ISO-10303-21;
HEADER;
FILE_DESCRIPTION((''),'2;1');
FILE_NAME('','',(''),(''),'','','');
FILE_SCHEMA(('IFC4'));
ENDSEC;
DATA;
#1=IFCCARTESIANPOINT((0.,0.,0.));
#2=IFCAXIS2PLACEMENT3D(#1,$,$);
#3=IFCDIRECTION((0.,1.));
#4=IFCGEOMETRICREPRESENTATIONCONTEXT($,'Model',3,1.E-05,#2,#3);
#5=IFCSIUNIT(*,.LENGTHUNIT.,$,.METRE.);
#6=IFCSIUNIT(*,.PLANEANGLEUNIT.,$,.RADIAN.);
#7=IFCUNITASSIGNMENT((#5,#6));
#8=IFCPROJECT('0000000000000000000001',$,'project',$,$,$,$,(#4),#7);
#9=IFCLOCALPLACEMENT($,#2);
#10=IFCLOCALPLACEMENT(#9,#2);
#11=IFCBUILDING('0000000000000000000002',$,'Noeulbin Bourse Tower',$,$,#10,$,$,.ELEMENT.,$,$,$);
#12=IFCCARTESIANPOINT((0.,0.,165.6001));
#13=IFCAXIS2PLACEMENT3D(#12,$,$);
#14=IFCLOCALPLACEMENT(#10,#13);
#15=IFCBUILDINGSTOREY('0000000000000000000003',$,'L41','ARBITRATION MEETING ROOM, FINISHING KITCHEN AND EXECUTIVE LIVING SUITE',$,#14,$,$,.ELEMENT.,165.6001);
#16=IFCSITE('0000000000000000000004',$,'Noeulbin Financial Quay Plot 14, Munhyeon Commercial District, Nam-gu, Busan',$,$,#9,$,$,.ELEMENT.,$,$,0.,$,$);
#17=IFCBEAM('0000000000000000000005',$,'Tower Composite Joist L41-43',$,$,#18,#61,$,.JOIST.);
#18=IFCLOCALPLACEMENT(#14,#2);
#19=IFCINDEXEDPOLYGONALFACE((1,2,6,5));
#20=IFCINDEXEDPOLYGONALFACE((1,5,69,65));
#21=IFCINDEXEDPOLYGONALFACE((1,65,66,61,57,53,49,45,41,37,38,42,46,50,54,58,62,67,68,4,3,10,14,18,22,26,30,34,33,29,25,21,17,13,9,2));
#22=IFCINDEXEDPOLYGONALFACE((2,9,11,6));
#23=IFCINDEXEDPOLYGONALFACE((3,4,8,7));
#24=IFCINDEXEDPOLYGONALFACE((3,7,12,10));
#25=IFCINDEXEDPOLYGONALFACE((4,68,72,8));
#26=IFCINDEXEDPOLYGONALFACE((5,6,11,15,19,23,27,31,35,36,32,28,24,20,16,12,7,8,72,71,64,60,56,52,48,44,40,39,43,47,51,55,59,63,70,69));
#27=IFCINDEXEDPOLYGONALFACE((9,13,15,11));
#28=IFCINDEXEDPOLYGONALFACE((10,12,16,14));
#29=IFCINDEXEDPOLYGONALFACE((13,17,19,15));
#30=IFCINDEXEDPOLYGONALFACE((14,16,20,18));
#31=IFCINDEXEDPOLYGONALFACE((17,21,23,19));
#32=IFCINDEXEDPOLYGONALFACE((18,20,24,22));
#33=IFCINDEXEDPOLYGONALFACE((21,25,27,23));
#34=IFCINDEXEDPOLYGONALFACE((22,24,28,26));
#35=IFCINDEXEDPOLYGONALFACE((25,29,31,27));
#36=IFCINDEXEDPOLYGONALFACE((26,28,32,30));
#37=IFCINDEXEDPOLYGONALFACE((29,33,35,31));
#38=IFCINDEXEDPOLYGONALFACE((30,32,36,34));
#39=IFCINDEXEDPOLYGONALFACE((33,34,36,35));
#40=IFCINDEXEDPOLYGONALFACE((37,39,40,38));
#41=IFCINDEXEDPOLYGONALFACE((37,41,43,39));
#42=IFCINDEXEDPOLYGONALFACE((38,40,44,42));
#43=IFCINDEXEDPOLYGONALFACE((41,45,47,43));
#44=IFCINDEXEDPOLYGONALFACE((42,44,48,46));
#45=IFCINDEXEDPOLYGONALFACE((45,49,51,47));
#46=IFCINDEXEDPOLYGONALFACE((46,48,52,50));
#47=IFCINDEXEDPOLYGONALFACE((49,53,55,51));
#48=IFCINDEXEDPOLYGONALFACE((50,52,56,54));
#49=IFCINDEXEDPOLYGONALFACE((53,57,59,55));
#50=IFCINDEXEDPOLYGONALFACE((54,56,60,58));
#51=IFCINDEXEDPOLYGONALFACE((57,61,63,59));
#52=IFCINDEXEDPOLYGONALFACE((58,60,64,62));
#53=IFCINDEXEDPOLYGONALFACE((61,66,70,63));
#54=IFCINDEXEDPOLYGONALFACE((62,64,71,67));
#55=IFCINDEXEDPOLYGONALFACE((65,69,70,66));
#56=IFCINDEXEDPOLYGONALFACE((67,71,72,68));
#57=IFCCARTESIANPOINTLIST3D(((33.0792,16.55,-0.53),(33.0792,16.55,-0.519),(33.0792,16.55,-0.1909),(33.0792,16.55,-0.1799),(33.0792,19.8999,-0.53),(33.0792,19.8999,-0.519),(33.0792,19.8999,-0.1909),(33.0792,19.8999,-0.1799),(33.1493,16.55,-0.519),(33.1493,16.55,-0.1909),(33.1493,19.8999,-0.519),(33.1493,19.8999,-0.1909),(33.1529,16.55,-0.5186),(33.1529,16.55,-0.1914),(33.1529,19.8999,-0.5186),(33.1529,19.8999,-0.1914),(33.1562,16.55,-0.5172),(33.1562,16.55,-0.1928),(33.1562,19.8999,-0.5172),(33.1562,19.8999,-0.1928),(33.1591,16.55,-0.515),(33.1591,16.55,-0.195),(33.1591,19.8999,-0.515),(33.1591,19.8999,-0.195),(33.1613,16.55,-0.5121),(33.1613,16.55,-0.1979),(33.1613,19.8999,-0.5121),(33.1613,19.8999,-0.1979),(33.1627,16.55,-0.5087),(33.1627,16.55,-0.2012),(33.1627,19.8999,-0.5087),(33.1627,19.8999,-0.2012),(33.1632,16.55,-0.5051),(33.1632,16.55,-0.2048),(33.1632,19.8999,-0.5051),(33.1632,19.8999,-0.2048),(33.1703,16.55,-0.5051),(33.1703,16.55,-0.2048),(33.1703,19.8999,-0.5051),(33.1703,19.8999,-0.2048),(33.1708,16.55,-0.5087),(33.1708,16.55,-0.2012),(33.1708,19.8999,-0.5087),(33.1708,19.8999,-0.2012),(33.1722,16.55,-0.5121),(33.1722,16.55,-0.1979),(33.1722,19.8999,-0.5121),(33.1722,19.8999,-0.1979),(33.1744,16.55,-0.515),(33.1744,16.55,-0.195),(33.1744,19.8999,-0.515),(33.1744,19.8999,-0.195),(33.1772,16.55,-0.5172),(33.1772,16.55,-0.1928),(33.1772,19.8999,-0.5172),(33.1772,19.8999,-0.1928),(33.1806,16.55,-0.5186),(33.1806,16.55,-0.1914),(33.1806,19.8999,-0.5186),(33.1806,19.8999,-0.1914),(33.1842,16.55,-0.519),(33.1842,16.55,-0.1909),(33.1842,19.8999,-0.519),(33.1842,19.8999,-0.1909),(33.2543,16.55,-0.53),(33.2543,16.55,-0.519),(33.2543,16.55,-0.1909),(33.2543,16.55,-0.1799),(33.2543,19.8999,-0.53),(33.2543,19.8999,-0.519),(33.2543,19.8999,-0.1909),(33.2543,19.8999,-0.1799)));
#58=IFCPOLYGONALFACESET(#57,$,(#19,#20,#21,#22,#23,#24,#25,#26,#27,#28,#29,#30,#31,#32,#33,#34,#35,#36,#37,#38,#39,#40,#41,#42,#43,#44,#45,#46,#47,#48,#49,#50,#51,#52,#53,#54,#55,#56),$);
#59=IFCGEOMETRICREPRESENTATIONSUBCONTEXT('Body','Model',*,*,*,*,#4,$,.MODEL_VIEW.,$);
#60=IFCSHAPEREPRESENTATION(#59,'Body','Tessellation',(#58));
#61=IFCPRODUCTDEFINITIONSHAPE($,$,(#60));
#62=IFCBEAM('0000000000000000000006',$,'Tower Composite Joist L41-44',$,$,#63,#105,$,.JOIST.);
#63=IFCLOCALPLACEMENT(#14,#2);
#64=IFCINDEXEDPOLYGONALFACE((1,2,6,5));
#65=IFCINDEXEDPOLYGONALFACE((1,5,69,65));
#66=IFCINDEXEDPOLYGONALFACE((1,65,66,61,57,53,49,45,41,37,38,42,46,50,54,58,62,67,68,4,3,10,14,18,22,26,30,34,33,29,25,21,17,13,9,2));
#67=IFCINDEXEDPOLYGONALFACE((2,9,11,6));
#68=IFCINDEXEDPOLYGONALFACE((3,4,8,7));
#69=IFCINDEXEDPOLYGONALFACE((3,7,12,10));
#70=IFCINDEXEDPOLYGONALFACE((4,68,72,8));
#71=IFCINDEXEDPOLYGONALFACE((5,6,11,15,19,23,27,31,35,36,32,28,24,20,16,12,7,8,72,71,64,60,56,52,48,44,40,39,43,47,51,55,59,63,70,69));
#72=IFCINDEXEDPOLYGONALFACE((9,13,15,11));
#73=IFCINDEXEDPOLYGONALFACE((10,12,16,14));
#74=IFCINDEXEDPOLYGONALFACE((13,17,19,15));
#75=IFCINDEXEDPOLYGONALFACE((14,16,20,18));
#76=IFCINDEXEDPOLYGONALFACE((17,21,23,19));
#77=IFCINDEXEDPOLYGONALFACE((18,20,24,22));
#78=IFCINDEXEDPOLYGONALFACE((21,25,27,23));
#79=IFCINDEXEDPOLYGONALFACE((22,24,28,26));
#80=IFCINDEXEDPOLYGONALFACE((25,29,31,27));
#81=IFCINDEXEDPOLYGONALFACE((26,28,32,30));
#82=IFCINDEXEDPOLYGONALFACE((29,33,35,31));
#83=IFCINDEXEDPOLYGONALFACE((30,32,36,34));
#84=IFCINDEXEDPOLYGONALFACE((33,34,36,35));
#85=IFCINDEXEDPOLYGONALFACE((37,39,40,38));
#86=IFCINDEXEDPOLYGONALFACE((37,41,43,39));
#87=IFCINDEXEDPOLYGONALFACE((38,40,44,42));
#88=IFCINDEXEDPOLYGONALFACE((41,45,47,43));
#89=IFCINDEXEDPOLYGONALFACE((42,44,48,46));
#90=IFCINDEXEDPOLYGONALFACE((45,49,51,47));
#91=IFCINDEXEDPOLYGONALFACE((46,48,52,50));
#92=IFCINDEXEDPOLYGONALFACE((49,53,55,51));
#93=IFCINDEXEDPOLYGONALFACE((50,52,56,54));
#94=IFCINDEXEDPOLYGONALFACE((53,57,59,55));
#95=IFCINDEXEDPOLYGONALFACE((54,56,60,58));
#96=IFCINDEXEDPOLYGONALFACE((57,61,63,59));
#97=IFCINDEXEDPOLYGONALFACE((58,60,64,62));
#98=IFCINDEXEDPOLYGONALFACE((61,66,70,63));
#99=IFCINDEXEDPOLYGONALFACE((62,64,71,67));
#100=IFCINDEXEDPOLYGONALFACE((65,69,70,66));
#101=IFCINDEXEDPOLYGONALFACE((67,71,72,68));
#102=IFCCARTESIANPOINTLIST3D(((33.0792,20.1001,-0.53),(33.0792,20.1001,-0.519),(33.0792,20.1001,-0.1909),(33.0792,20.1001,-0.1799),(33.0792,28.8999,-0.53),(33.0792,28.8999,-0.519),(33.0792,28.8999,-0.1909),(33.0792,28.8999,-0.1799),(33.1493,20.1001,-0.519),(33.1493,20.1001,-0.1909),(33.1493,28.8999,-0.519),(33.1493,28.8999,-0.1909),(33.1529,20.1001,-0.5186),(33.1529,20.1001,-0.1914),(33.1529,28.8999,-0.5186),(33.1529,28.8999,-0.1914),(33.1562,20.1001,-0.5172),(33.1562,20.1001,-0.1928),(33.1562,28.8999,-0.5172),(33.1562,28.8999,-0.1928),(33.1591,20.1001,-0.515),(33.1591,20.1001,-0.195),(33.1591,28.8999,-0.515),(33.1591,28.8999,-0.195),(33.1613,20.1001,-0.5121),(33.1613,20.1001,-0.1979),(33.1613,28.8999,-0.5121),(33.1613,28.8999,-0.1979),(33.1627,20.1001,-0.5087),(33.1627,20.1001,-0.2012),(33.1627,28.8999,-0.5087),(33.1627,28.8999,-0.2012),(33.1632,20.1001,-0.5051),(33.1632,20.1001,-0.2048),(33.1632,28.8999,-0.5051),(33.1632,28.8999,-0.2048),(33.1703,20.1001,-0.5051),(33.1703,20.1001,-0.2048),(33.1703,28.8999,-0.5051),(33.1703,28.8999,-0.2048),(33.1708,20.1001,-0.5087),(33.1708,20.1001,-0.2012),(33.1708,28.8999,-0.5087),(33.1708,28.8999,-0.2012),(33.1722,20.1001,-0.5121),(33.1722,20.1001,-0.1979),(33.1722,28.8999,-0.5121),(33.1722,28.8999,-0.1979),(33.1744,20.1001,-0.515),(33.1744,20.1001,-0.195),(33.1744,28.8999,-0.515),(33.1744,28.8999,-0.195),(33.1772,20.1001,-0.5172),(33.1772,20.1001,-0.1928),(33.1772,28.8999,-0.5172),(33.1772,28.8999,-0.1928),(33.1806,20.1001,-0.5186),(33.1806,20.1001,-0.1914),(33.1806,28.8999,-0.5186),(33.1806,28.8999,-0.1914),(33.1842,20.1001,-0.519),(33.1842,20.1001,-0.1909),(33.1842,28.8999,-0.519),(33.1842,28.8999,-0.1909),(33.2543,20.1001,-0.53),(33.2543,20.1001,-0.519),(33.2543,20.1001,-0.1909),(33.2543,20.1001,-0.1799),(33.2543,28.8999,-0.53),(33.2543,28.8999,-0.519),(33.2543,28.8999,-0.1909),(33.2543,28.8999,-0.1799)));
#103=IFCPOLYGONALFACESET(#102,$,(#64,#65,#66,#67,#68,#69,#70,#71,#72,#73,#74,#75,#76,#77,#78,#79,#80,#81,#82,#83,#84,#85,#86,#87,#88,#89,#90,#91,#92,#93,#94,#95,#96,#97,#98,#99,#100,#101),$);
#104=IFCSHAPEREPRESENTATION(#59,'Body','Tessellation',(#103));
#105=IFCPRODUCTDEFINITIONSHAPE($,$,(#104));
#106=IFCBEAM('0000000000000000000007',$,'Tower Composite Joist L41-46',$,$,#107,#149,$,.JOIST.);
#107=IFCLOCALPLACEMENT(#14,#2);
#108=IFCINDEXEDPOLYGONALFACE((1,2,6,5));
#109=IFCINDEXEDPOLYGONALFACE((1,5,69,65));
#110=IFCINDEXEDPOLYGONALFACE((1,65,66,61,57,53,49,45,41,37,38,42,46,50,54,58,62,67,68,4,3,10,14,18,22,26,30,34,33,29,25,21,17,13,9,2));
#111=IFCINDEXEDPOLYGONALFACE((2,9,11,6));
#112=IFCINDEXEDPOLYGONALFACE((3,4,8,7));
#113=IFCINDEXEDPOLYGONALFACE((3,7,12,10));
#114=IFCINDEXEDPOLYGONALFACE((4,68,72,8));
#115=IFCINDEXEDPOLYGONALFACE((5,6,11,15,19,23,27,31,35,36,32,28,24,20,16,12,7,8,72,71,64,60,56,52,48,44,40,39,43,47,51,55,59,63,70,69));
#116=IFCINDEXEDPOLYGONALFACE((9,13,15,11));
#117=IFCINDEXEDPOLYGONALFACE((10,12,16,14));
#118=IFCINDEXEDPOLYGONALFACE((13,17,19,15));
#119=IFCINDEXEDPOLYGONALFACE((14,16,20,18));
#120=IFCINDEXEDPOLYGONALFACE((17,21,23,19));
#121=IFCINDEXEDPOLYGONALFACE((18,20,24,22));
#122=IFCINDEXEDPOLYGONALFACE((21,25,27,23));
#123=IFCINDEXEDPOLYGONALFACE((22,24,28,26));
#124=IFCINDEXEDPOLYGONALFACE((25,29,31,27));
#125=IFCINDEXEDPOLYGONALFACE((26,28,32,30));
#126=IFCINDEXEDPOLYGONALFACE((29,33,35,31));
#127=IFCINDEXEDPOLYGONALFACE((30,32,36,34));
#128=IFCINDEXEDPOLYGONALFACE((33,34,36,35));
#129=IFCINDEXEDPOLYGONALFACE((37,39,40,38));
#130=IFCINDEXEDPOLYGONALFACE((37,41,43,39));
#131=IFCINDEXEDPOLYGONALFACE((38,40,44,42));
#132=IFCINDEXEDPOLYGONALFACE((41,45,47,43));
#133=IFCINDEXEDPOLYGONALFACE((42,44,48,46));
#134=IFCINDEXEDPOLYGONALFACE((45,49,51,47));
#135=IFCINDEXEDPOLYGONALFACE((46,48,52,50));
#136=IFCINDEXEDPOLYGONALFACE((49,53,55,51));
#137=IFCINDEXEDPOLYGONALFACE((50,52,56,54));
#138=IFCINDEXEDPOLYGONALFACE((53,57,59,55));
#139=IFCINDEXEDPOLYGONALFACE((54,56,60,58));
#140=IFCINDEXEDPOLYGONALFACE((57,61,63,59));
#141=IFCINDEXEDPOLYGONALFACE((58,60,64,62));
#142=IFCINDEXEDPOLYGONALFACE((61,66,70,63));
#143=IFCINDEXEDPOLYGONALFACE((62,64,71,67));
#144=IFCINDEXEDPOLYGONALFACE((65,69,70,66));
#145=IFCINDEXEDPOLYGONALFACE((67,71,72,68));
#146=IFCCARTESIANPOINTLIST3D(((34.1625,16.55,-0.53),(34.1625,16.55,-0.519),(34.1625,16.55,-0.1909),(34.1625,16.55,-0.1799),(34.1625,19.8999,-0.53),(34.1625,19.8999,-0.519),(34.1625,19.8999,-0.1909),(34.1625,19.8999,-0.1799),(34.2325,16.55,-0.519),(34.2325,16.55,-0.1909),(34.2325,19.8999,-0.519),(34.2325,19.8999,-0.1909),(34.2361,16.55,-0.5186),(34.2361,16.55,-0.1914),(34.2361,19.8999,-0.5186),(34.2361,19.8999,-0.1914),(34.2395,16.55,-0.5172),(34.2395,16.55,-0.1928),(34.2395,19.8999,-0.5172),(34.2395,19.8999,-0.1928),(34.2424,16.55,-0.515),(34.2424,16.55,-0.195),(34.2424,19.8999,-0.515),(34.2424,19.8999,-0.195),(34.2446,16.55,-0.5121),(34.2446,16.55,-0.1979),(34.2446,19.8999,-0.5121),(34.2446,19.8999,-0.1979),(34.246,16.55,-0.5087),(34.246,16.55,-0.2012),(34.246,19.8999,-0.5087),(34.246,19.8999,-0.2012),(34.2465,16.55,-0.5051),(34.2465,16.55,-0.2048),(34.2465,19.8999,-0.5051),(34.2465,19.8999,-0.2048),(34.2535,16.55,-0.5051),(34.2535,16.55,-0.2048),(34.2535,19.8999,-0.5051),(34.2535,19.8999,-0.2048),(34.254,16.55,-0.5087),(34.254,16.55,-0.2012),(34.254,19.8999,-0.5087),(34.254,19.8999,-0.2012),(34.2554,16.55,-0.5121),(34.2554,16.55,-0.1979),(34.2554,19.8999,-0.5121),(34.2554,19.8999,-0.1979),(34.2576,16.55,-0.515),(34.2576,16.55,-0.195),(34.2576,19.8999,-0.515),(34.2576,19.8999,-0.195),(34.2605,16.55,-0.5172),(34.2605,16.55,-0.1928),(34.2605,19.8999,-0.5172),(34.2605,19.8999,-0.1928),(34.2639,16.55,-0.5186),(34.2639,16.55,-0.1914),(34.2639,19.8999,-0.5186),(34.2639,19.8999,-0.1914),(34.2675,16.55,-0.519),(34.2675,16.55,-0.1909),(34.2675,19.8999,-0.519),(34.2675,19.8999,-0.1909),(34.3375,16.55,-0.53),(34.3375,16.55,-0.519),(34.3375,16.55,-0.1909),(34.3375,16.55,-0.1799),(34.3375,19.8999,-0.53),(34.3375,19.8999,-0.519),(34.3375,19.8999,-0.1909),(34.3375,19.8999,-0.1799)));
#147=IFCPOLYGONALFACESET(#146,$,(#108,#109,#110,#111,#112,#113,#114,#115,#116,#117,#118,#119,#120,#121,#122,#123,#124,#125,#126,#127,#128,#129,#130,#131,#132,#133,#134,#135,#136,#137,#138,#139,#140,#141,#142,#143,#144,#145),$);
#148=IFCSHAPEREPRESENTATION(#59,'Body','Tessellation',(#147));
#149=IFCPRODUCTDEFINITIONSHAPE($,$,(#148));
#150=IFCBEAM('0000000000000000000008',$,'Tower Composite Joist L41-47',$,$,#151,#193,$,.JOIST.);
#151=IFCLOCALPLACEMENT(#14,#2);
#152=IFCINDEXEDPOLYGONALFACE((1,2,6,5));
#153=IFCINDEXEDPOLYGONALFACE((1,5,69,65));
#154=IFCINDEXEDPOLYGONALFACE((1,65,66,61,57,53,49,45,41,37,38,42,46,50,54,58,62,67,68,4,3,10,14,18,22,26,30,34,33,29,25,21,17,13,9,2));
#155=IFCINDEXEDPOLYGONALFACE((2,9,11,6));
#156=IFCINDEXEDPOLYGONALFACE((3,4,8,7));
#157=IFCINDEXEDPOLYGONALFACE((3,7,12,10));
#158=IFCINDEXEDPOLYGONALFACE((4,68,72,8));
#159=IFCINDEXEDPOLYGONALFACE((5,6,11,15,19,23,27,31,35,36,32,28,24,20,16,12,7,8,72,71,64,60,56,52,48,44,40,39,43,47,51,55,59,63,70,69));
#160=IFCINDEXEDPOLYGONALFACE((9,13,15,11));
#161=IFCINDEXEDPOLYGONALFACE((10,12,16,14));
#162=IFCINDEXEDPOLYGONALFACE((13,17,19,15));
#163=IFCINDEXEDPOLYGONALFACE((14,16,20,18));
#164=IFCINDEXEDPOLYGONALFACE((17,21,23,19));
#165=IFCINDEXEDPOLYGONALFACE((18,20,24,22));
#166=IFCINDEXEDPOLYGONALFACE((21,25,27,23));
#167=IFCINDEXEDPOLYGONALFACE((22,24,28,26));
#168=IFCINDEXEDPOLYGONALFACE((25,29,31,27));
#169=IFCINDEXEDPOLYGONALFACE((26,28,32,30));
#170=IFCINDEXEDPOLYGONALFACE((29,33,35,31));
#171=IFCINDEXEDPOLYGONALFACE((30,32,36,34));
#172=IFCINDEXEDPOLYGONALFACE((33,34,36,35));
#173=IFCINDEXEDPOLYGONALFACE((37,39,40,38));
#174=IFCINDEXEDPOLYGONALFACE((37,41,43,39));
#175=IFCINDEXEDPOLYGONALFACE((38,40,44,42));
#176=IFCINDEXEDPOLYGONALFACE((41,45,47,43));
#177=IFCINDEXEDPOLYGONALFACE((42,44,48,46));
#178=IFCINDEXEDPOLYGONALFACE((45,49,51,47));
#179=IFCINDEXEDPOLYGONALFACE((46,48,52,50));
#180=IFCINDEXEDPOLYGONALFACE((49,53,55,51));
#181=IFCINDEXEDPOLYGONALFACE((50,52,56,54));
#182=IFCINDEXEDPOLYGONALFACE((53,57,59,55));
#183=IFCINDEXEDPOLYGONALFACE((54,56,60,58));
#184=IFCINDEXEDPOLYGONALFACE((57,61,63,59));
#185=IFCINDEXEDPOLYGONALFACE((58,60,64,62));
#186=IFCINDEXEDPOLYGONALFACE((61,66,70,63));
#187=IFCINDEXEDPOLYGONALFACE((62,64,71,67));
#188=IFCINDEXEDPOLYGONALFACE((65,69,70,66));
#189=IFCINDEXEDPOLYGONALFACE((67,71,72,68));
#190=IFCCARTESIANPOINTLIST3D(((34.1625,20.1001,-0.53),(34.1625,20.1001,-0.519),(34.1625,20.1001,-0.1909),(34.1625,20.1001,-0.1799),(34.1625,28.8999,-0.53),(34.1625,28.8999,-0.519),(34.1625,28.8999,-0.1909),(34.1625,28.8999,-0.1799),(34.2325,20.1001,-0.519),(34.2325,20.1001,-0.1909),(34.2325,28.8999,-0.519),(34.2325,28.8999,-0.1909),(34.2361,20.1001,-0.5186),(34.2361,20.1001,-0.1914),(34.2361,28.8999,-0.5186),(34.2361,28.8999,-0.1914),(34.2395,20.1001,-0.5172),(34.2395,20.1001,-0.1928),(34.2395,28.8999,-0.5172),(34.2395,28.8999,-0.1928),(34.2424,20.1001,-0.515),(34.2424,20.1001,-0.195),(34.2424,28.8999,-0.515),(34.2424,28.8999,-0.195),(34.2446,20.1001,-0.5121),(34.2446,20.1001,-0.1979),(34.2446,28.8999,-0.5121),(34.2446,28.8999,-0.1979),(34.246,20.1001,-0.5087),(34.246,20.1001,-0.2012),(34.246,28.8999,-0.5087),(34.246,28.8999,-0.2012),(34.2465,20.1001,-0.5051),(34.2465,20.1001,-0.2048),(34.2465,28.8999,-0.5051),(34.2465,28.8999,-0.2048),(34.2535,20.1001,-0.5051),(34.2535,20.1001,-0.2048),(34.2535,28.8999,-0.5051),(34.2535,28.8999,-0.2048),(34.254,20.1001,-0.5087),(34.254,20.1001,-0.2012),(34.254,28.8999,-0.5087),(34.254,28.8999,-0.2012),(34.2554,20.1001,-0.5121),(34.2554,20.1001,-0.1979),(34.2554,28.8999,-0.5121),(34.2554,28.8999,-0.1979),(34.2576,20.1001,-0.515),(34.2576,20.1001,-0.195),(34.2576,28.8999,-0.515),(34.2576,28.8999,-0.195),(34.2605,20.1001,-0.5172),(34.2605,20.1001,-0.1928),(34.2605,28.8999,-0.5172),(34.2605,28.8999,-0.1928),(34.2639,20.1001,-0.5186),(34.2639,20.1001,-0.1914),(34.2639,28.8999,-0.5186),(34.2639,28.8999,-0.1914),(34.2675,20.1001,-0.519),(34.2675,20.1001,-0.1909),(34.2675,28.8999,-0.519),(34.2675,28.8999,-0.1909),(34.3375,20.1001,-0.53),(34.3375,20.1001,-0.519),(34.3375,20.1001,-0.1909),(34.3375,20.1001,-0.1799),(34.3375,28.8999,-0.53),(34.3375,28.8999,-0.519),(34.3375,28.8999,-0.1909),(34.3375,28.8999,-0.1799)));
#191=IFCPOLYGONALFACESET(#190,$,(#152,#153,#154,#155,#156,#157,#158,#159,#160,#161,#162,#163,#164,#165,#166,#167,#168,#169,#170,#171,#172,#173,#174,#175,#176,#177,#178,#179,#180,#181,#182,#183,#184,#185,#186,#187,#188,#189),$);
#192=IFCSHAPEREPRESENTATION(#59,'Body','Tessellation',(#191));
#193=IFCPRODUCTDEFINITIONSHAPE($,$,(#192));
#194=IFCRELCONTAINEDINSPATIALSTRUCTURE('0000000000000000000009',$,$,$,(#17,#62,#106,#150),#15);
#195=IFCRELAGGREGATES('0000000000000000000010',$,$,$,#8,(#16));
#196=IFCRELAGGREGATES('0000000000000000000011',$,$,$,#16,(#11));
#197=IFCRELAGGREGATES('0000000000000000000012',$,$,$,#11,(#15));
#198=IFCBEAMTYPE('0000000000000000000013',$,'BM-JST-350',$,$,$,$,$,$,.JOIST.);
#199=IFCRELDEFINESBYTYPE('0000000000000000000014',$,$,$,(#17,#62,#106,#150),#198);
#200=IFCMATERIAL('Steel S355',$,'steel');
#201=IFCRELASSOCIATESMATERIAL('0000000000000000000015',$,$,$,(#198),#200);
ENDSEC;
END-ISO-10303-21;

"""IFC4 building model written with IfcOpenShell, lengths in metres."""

from ifc_helpers import new_model, si_unit, direction, frame, origin, origin_2d, place, context, subcontext, project, spatial, i_section, extrude, material, material_profile, profile_set, type_object, element, save


model = new_model("IFC4")

# Units and contexts
model_context = context("Model", 3, precision=1e-05, world=origin(), true_north=direction((0.0, 1.0)))
body_context = subcontext(model_context, "Body", "Model", "MODEL_VIEW")
ifc_project = project(units=[si_unit("LENGTHUNIT", "METRE"), si_unit("PLANEANGLEUNIT", "RADIAN")], contexts=[model_context])

# Site, building, storey
site_placement = place(None, origin())
site = spatial("IfcSite", under=ifc_project, at=site_placement, Name="Noeulbin Financial Quay Plot 14, Munhyeon Commercial District, Nam-gu, Busan", CompositionType="ELEMENT", RefElevation=0.0)
building_placement = place(site_placement, origin())
building = spatial("IfcBuilding", under=site, at=building_placement, Name="Noeulbin Bourse Tower", CompositionType="ELEMENT")
storey_placement = place(building_placement, frame((0.0, 0.0, 165.6001)))
storey = spatial("IfcBuildingStorey", under=building, at=storey_placement, Name="L41", Description="ARBITRATION MEETING ROOM, FINISHING KITCHEN AND EXECUTIVE LIVING SUITE", CompositionType="ELEMENT", Elevation=165.6001)

# Beams
ifc_material_1 = material(Name="Steel S355", Category="steel")
ifc_material_profile_1 = material_profile(ifc_material_1, i_section(OverallWidth=0.175, OverallDepth=0.3501, WebThickness=0.0071, FlangeThickness=0.011, FilletRadius=0.0139, at=origin_2d()), Name="H-350x175x7x11", Category="LoadBearing")
ifc_profile_set_1 = profile_set([ifc_material_profile_1], Name="Steel S355")
beam_type_1 = type_object("IfcBeamType", Name="BM-JST-350", PredefinedType="JOIST", material=ifc_profile_set_1)
beam_1_placement = place(storey_placement, frame((33.1667, 16.55, -0.355), z_axis=(0.0, 1.0, 0.0), x_axis=(-1.0, 0.0, 0.0)))
element("IfcBeam", 1, at=beam_1_placement, inside=storey, type_object=beam_type_1, Name="Tower Composite Joist L41-43", PredefinedType="JOIST", context=body_context, shape_type="SweptSolid", body=[
    extrude(i_section(OverallWidth=0.175, OverallDepth=0.3501, WebThickness=0.0071, FlangeThickness=0.011, FilletRadius=0.0139, at=origin_2d()), origin(), (0.0, 0.0, 1.0), 3.3499),
])
beam_2_placement = place(storey_placement, frame((33.1667, 20.1001, -0.355), z_axis=(0.0, 1.0, 0.0), x_axis=(-1.0, 0.0, 0.0)))
element("IfcBeam", 2, at=beam_2_placement, inside=storey, type_object=beam_type_1, Name="Tower Composite Joist L41-44", PredefinedType="JOIST", context=body_context, shape_type="SweptSolid", body=[
    extrude(i_section(OverallWidth=0.175, OverallDepth=0.3501, WebThickness=0.0071, FlangeThickness=0.011, FilletRadius=0.0139, at=origin_2d()), origin(), (0.0, 0.0, 1.0), 8.7998),
])
beam_3_placement = place(storey_placement, frame((34.25, 16.55, -0.355), z_axis=(0.0, 1.0, 0.0), x_axis=(-1.0, 0.0, 0.0)))
element("IfcBeam", 3, at=beam_3_placement, inside=storey, type_object=beam_type_1, Name="Tower Composite Joist L41-46", PredefinedType="JOIST", context=body_context, shape_type="SweptSolid", body=[
    extrude(i_section(OverallWidth=0.175, OverallDepth=0.3501, WebThickness=0.0071, FlangeThickness=0.011, FilletRadius=0.0139, at=origin_2d()), origin(), (0.0, 0.0, 1.0), 3.3499),
])
beam_4_placement = place(storey_placement, frame((34.25, 20.1001, -0.355), z_axis=(0.0, 1.0, 0.0), x_axis=(-1.0, 0.0, 0.0)))
element("IfcBeam", 4, at=beam_4_placement, inside=storey, type_object=beam_type_1, Name="Tower Composite Joist L41-47", PredefinedType="JOIST", context=body_context, shape_type="SweptSolid", body=[
    extrude(i_section(OverallWidth=0.175, OverallDepth=0.3501, WebThickness=0.0071, FlangeThickness=0.011, FilletRadius=0.0139, at=origin_2d()), origin(), (0.0, 0.0, 1.0), 8.7998),
])

save(model, "model.ifc")
